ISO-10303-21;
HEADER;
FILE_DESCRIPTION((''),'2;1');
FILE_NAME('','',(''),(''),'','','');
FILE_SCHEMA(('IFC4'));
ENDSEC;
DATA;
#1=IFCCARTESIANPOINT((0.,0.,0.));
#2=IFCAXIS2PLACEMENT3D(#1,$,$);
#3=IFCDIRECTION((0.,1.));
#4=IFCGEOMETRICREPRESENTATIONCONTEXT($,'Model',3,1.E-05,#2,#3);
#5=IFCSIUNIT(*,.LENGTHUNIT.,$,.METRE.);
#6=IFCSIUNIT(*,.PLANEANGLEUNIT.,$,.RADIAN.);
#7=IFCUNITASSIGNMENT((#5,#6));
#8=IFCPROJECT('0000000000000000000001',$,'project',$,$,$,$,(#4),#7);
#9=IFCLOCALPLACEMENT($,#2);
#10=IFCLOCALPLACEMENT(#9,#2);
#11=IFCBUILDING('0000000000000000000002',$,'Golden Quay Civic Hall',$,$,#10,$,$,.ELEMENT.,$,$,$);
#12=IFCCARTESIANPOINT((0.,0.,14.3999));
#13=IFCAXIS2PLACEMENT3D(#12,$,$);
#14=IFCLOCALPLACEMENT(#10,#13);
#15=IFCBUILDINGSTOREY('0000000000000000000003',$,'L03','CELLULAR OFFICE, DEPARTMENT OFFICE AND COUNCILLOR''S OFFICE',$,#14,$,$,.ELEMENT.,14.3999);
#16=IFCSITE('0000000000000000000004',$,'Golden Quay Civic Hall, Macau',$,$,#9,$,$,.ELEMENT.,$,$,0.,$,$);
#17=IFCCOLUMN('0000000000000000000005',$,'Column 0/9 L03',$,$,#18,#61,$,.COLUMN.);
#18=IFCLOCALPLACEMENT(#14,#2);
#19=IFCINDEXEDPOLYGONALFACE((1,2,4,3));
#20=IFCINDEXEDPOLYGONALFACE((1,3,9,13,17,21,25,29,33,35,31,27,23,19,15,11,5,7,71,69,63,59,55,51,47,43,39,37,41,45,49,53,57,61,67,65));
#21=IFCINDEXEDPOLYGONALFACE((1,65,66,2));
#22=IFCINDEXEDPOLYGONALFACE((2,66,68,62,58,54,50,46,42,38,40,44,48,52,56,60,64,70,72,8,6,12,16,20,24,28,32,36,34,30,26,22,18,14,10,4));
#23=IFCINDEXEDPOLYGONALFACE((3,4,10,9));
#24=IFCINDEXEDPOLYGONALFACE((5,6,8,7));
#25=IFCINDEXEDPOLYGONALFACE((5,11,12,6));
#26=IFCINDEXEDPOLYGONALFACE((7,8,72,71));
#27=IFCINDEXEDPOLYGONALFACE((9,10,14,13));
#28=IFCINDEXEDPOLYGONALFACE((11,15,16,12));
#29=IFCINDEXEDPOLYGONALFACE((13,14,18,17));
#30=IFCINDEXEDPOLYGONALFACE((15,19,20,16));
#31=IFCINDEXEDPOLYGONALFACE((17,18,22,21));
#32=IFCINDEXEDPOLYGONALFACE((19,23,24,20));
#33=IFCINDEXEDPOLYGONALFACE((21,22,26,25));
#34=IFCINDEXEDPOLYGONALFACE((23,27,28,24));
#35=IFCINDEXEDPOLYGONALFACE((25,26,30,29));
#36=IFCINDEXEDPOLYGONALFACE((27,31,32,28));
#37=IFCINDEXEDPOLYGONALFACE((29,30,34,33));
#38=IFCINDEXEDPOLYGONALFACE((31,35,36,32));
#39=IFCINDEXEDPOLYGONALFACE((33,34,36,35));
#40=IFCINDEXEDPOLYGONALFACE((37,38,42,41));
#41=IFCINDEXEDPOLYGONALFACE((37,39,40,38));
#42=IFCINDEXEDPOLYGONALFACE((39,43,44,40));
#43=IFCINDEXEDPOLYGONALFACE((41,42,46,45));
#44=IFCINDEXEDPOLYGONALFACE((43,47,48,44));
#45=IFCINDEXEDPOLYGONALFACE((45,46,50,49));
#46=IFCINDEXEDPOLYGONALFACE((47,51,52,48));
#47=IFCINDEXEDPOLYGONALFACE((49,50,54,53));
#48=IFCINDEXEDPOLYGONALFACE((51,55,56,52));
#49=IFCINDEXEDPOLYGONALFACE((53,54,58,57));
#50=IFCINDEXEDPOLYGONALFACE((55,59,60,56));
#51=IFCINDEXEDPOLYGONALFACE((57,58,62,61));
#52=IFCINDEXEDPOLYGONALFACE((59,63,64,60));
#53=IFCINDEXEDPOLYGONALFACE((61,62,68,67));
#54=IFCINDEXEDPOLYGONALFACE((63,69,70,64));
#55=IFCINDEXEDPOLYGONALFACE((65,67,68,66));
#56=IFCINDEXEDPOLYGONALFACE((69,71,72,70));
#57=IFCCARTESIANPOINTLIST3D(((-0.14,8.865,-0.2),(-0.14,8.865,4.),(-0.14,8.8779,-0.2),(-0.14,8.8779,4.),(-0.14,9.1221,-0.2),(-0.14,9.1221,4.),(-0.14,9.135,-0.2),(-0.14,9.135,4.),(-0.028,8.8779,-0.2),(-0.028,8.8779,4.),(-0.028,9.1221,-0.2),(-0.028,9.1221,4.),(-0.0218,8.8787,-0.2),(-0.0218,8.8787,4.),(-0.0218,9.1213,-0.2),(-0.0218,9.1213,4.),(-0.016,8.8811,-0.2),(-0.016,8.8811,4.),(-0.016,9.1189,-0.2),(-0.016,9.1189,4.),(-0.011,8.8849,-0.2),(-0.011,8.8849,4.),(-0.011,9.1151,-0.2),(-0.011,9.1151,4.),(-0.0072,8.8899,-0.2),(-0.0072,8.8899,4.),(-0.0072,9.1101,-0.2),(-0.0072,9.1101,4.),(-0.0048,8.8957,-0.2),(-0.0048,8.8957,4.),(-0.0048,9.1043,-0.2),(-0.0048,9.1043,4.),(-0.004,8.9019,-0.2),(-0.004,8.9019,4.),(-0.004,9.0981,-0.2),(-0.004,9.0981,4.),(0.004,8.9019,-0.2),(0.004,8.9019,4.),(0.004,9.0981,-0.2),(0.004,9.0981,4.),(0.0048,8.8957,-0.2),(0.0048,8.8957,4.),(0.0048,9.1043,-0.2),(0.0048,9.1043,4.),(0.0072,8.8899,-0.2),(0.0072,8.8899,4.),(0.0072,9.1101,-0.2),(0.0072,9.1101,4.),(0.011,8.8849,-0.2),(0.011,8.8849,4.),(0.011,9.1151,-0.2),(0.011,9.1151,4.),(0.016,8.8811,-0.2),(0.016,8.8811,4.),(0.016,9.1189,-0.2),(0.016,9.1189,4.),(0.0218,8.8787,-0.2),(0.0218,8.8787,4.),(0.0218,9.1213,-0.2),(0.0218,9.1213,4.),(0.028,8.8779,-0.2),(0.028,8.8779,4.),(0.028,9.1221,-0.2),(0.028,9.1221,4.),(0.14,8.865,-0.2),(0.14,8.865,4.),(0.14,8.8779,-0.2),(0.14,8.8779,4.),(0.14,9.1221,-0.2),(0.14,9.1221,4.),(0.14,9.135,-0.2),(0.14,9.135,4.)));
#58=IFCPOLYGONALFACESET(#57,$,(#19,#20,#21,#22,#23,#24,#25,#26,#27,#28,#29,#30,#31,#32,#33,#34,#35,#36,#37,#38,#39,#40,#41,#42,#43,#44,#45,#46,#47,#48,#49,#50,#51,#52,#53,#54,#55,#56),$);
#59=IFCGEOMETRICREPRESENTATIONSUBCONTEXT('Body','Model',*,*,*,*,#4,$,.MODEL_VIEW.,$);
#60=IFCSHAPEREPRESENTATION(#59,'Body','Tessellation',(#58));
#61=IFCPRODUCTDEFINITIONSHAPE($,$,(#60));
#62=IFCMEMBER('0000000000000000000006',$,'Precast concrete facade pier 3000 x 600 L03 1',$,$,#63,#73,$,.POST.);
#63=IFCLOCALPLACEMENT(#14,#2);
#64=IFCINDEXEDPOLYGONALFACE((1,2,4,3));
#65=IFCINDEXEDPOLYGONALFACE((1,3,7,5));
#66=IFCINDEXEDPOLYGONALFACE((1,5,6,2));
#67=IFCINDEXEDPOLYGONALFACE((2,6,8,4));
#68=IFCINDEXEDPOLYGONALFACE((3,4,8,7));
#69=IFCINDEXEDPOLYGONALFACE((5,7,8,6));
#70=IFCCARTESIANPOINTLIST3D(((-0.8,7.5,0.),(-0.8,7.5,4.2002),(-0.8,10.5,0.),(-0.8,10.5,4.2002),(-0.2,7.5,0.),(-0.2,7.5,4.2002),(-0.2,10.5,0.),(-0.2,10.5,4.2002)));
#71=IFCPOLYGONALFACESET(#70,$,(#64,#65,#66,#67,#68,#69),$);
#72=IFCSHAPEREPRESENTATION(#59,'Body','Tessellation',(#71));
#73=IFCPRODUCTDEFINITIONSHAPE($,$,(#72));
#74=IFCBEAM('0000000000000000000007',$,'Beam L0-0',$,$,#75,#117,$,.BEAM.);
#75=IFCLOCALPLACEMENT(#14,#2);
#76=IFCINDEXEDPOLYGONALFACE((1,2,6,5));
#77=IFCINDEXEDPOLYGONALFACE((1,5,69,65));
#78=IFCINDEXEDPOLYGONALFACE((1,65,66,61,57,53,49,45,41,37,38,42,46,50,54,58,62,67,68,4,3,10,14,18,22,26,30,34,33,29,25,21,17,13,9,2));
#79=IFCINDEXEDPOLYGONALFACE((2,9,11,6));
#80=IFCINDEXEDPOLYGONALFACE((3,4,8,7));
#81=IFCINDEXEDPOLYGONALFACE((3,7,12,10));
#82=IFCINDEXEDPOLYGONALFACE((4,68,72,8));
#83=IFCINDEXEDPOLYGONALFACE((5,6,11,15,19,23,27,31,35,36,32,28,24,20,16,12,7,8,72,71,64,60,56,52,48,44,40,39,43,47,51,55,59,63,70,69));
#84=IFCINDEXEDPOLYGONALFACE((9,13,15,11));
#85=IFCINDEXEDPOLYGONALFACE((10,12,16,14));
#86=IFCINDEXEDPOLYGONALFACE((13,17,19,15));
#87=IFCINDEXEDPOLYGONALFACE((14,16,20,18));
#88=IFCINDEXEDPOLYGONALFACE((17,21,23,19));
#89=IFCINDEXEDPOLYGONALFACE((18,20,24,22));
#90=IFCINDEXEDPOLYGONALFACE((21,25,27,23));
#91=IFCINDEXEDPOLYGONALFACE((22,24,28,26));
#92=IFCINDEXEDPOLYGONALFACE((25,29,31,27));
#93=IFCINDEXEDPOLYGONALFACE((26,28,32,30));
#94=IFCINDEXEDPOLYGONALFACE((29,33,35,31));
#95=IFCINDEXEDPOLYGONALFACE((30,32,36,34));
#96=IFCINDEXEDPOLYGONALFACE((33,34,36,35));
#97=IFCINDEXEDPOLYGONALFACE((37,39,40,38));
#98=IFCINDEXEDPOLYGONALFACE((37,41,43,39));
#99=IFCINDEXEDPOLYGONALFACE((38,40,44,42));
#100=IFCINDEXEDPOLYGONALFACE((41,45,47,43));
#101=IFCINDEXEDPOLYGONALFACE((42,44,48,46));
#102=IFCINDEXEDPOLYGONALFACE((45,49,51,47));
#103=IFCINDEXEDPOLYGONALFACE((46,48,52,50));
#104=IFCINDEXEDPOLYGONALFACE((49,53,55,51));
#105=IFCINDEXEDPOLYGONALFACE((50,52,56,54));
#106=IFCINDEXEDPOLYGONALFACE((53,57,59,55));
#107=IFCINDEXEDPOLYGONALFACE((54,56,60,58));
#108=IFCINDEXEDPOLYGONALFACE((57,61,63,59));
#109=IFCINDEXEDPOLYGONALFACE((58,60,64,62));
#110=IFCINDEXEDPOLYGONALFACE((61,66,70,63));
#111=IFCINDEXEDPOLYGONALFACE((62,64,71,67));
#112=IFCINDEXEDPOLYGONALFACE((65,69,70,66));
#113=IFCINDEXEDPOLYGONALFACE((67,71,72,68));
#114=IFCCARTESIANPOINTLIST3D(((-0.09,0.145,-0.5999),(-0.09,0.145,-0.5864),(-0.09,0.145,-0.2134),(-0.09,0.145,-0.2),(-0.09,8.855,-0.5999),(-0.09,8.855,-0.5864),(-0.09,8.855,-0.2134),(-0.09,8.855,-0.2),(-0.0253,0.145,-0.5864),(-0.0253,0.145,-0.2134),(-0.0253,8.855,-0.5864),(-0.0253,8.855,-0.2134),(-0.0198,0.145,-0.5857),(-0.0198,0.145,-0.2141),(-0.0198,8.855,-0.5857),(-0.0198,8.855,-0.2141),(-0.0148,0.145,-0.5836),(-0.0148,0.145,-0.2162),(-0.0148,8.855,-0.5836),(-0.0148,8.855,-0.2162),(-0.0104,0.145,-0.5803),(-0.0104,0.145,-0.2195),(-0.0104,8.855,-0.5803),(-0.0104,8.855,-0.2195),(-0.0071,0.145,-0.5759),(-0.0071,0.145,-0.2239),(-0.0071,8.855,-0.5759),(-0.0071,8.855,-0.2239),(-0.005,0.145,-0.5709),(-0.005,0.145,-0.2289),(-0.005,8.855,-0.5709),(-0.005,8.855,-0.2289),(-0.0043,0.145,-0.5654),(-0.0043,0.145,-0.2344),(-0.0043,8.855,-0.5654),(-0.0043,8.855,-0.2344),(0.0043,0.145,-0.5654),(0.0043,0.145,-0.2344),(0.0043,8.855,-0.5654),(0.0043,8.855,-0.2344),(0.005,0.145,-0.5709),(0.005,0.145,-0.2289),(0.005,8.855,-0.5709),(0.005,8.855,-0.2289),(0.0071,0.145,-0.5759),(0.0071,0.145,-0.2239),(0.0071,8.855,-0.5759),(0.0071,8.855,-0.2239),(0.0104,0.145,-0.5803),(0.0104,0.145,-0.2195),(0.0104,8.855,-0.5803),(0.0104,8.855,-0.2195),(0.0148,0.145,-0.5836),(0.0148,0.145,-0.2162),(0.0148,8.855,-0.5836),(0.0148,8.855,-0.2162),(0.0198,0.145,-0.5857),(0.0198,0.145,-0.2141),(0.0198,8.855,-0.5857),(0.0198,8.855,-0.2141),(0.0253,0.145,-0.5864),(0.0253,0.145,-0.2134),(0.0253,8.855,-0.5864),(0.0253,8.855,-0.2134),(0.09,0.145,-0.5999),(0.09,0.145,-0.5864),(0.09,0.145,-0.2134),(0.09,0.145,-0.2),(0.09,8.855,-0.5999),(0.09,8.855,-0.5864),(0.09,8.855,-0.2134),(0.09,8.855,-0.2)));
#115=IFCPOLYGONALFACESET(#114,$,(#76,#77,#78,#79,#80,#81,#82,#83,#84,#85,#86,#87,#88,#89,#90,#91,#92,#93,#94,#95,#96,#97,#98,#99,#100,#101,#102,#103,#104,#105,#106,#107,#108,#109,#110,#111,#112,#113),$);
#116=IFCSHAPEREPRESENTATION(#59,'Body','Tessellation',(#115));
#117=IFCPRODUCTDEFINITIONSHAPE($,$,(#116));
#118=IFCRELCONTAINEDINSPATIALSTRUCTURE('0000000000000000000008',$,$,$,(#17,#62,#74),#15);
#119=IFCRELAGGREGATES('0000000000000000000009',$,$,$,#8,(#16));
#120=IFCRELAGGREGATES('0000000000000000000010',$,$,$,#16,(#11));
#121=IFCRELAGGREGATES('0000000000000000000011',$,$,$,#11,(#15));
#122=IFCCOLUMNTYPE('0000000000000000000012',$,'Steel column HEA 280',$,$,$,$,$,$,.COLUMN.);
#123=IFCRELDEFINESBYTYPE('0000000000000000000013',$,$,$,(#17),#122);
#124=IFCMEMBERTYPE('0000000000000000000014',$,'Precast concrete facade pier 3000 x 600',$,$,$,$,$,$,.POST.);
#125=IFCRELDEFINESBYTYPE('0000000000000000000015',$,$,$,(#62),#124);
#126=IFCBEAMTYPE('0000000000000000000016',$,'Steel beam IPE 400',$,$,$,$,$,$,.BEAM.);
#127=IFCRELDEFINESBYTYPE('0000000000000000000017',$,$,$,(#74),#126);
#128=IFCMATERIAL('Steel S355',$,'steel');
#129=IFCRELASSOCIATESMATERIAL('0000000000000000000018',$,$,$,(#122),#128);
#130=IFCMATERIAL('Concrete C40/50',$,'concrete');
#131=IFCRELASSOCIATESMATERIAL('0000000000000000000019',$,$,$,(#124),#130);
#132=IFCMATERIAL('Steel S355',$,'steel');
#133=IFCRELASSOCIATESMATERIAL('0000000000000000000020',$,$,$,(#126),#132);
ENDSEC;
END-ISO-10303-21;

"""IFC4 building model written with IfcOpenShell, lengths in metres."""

from ifc_helpers import new_model, si_unit, direction, frame, origin, origin_2d, place, context, subcontext, project, spatial, rectangle, i_section, extrude, material, material_profile, profile_set, type_object, element, save


model = new_model("IFC4")

# Units and contexts
model_context = context("Model", 3, precision=1e-05, world=origin(), true_north=direction((0.0, 1.0)))
body_context = subcontext(model_context, "Body", "Model", "MODEL_VIEW")
ifc_project = project(units=[si_unit("LENGTHUNIT", "METRE"), si_unit("PLANEANGLEUNIT", "RADIAN")], contexts=[model_context])

# Site, building, storey
site_placement = place(None, origin())
site = spatial("IfcSite", under=ifc_project, at=site_placement, Name="Golden Quay Civic Hall, Macau", CompositionType="ELEMENT", RefElevation=0.0)
building_placement = place(site_placement, origin())
building = spatial("IfcBuilding", under=site, at=building_placement, Name="Golden Quay Civic Hall", CompositionType="ELEMENT")
storey_placement = place(building_placement, frame((0.0, 0.0, 14.3999)))
storey = spatial("IfcBuildingStorey", under=building, at=storey_placement, Name="L03", Description="CELLULAR OFFICE, DEPARTMENT OFFICE AND COUNCILLOR'S OFFICE", CompositionType="ELEMENT", Elevation=14.3999)

# Column
ifc_material_1 = material(Name="Steel S355", Category="steel")
ifc_material_profile_1 = material_profile(ifc_material_1, i_section(OverallWidth=0.28, OverallDepth=0.27, WebThickness=0.0081, FlangeThickness=0.0129, FilletRadius=0.0239, at=origin_2d()), Name="HEA 280")
ifc_profile_set_1 = profile_set([ifc_material_profile_1], Name="Steel S355")
column_type = type_object("IfcColumnType", Name="Steel column HEA 280", PredefinedType="COLUMN", material=ifc_profile_set_1)
column_placement = place(storey_placement, frame((0.0, 9.0, -0.2), z_axis=(0.0, 0.0, 1.0), x_axis=(1.0, 0.0, 0.0)))
element("IfcColumn", 1, at=column_placement, inside=storey, type_object=column_type, Name="Column 0/9 L03", PredefinedType="COLUMN", context=body_context, shape_type="SweptSolid", body=[
    extrude(i_section(OverallWidth=0.28, OverallDepth=0.27, WebThickness=0.0081, FlangeThickness=0.0129, FilletRadius=0.0239, at=origin_2d()), origin(), (0.0, 0.0, 1.0), 4.2),
])

# Member
ifc_material_2 = material(Name="Concrete C40/50", Category="concrete")
ifc_material_profile_2 = material_profile(ifc_material_2, rectangle(XDim=3.0, YDim=0.6001, at=origin_2d()), Name="RC 3000x600")
ifc_profile_set_2 = profile_set([ifc_material_profile_2], Name="Concrete C40/50")
member_type = type_object("IfcMemberType", Name="Precast concrete facade pier 3000 x 600", PredefinedType="POST", material=ifc_profile_set_2)
member_placement = place(storey_placement, frame((-0.5, 9.0, 0.0), z_axis=(0.0, 0.0, 1.0), x_axis=(0.0, 1.0, 0.0)))
element("IfcMember", 2, at=member_placement, inside=storey, type_object=member_type, Name="Precast concrete facade pier 3000 x 600 L03 1", PredefinedType="POST", context=body_context, shape_type="SweptSolid", body=[
    extrude(rectangle(XDim=3.0, YDim=0.6001, at=origin_2d()), origin(), (0.0, 0.0, 1.0), 4.2002),
])

# Beam
ifc_material_3 = material(Name="Steel S355", Category="steel")
ifc_material_profile_3 = material_profile(ifc_material_3, i_section(OverallWidth=0.1799, OverallDepth=0.3999, WebThickness=0.0085, FlangeThickness=0.0134, FilletRadius=0.021, at=origin_2d()), Name="IPE 400")
ifc_profile_set_3 = profile_set([ifc_material_profile_3], Name="Steel S355")
beam_type = type_object("IfcBeamType", Name="Steel beam IPE 400", PredefinedType="BEAM", material=ifc_profile_set_3)
beam_placement = place(storey_placement, frame((0.0, 0.145, -0.3999), z_axis=(0.0, 1.0, 0.0), x_axis=(-1.0, 0.0, 0.0)))
element("IfcBeam", 3, at=beam_placement, inside=storey, type_object=beam_type, Name="Beam L0-0", PredefinedType="BEAM", context=body_context, shape_type="SweptSolid", body=[
    extrude(i_section(OverallWidth=0.1799, OverallDepth=0.3999, WebThickness=0.0085, FlangeThickness=0.0134, FilletRadius=0.021, at=origin_2d()), origin(), (0.0, 0.0, 1.0), 8.71),
])

save(model, "model.ifc")
